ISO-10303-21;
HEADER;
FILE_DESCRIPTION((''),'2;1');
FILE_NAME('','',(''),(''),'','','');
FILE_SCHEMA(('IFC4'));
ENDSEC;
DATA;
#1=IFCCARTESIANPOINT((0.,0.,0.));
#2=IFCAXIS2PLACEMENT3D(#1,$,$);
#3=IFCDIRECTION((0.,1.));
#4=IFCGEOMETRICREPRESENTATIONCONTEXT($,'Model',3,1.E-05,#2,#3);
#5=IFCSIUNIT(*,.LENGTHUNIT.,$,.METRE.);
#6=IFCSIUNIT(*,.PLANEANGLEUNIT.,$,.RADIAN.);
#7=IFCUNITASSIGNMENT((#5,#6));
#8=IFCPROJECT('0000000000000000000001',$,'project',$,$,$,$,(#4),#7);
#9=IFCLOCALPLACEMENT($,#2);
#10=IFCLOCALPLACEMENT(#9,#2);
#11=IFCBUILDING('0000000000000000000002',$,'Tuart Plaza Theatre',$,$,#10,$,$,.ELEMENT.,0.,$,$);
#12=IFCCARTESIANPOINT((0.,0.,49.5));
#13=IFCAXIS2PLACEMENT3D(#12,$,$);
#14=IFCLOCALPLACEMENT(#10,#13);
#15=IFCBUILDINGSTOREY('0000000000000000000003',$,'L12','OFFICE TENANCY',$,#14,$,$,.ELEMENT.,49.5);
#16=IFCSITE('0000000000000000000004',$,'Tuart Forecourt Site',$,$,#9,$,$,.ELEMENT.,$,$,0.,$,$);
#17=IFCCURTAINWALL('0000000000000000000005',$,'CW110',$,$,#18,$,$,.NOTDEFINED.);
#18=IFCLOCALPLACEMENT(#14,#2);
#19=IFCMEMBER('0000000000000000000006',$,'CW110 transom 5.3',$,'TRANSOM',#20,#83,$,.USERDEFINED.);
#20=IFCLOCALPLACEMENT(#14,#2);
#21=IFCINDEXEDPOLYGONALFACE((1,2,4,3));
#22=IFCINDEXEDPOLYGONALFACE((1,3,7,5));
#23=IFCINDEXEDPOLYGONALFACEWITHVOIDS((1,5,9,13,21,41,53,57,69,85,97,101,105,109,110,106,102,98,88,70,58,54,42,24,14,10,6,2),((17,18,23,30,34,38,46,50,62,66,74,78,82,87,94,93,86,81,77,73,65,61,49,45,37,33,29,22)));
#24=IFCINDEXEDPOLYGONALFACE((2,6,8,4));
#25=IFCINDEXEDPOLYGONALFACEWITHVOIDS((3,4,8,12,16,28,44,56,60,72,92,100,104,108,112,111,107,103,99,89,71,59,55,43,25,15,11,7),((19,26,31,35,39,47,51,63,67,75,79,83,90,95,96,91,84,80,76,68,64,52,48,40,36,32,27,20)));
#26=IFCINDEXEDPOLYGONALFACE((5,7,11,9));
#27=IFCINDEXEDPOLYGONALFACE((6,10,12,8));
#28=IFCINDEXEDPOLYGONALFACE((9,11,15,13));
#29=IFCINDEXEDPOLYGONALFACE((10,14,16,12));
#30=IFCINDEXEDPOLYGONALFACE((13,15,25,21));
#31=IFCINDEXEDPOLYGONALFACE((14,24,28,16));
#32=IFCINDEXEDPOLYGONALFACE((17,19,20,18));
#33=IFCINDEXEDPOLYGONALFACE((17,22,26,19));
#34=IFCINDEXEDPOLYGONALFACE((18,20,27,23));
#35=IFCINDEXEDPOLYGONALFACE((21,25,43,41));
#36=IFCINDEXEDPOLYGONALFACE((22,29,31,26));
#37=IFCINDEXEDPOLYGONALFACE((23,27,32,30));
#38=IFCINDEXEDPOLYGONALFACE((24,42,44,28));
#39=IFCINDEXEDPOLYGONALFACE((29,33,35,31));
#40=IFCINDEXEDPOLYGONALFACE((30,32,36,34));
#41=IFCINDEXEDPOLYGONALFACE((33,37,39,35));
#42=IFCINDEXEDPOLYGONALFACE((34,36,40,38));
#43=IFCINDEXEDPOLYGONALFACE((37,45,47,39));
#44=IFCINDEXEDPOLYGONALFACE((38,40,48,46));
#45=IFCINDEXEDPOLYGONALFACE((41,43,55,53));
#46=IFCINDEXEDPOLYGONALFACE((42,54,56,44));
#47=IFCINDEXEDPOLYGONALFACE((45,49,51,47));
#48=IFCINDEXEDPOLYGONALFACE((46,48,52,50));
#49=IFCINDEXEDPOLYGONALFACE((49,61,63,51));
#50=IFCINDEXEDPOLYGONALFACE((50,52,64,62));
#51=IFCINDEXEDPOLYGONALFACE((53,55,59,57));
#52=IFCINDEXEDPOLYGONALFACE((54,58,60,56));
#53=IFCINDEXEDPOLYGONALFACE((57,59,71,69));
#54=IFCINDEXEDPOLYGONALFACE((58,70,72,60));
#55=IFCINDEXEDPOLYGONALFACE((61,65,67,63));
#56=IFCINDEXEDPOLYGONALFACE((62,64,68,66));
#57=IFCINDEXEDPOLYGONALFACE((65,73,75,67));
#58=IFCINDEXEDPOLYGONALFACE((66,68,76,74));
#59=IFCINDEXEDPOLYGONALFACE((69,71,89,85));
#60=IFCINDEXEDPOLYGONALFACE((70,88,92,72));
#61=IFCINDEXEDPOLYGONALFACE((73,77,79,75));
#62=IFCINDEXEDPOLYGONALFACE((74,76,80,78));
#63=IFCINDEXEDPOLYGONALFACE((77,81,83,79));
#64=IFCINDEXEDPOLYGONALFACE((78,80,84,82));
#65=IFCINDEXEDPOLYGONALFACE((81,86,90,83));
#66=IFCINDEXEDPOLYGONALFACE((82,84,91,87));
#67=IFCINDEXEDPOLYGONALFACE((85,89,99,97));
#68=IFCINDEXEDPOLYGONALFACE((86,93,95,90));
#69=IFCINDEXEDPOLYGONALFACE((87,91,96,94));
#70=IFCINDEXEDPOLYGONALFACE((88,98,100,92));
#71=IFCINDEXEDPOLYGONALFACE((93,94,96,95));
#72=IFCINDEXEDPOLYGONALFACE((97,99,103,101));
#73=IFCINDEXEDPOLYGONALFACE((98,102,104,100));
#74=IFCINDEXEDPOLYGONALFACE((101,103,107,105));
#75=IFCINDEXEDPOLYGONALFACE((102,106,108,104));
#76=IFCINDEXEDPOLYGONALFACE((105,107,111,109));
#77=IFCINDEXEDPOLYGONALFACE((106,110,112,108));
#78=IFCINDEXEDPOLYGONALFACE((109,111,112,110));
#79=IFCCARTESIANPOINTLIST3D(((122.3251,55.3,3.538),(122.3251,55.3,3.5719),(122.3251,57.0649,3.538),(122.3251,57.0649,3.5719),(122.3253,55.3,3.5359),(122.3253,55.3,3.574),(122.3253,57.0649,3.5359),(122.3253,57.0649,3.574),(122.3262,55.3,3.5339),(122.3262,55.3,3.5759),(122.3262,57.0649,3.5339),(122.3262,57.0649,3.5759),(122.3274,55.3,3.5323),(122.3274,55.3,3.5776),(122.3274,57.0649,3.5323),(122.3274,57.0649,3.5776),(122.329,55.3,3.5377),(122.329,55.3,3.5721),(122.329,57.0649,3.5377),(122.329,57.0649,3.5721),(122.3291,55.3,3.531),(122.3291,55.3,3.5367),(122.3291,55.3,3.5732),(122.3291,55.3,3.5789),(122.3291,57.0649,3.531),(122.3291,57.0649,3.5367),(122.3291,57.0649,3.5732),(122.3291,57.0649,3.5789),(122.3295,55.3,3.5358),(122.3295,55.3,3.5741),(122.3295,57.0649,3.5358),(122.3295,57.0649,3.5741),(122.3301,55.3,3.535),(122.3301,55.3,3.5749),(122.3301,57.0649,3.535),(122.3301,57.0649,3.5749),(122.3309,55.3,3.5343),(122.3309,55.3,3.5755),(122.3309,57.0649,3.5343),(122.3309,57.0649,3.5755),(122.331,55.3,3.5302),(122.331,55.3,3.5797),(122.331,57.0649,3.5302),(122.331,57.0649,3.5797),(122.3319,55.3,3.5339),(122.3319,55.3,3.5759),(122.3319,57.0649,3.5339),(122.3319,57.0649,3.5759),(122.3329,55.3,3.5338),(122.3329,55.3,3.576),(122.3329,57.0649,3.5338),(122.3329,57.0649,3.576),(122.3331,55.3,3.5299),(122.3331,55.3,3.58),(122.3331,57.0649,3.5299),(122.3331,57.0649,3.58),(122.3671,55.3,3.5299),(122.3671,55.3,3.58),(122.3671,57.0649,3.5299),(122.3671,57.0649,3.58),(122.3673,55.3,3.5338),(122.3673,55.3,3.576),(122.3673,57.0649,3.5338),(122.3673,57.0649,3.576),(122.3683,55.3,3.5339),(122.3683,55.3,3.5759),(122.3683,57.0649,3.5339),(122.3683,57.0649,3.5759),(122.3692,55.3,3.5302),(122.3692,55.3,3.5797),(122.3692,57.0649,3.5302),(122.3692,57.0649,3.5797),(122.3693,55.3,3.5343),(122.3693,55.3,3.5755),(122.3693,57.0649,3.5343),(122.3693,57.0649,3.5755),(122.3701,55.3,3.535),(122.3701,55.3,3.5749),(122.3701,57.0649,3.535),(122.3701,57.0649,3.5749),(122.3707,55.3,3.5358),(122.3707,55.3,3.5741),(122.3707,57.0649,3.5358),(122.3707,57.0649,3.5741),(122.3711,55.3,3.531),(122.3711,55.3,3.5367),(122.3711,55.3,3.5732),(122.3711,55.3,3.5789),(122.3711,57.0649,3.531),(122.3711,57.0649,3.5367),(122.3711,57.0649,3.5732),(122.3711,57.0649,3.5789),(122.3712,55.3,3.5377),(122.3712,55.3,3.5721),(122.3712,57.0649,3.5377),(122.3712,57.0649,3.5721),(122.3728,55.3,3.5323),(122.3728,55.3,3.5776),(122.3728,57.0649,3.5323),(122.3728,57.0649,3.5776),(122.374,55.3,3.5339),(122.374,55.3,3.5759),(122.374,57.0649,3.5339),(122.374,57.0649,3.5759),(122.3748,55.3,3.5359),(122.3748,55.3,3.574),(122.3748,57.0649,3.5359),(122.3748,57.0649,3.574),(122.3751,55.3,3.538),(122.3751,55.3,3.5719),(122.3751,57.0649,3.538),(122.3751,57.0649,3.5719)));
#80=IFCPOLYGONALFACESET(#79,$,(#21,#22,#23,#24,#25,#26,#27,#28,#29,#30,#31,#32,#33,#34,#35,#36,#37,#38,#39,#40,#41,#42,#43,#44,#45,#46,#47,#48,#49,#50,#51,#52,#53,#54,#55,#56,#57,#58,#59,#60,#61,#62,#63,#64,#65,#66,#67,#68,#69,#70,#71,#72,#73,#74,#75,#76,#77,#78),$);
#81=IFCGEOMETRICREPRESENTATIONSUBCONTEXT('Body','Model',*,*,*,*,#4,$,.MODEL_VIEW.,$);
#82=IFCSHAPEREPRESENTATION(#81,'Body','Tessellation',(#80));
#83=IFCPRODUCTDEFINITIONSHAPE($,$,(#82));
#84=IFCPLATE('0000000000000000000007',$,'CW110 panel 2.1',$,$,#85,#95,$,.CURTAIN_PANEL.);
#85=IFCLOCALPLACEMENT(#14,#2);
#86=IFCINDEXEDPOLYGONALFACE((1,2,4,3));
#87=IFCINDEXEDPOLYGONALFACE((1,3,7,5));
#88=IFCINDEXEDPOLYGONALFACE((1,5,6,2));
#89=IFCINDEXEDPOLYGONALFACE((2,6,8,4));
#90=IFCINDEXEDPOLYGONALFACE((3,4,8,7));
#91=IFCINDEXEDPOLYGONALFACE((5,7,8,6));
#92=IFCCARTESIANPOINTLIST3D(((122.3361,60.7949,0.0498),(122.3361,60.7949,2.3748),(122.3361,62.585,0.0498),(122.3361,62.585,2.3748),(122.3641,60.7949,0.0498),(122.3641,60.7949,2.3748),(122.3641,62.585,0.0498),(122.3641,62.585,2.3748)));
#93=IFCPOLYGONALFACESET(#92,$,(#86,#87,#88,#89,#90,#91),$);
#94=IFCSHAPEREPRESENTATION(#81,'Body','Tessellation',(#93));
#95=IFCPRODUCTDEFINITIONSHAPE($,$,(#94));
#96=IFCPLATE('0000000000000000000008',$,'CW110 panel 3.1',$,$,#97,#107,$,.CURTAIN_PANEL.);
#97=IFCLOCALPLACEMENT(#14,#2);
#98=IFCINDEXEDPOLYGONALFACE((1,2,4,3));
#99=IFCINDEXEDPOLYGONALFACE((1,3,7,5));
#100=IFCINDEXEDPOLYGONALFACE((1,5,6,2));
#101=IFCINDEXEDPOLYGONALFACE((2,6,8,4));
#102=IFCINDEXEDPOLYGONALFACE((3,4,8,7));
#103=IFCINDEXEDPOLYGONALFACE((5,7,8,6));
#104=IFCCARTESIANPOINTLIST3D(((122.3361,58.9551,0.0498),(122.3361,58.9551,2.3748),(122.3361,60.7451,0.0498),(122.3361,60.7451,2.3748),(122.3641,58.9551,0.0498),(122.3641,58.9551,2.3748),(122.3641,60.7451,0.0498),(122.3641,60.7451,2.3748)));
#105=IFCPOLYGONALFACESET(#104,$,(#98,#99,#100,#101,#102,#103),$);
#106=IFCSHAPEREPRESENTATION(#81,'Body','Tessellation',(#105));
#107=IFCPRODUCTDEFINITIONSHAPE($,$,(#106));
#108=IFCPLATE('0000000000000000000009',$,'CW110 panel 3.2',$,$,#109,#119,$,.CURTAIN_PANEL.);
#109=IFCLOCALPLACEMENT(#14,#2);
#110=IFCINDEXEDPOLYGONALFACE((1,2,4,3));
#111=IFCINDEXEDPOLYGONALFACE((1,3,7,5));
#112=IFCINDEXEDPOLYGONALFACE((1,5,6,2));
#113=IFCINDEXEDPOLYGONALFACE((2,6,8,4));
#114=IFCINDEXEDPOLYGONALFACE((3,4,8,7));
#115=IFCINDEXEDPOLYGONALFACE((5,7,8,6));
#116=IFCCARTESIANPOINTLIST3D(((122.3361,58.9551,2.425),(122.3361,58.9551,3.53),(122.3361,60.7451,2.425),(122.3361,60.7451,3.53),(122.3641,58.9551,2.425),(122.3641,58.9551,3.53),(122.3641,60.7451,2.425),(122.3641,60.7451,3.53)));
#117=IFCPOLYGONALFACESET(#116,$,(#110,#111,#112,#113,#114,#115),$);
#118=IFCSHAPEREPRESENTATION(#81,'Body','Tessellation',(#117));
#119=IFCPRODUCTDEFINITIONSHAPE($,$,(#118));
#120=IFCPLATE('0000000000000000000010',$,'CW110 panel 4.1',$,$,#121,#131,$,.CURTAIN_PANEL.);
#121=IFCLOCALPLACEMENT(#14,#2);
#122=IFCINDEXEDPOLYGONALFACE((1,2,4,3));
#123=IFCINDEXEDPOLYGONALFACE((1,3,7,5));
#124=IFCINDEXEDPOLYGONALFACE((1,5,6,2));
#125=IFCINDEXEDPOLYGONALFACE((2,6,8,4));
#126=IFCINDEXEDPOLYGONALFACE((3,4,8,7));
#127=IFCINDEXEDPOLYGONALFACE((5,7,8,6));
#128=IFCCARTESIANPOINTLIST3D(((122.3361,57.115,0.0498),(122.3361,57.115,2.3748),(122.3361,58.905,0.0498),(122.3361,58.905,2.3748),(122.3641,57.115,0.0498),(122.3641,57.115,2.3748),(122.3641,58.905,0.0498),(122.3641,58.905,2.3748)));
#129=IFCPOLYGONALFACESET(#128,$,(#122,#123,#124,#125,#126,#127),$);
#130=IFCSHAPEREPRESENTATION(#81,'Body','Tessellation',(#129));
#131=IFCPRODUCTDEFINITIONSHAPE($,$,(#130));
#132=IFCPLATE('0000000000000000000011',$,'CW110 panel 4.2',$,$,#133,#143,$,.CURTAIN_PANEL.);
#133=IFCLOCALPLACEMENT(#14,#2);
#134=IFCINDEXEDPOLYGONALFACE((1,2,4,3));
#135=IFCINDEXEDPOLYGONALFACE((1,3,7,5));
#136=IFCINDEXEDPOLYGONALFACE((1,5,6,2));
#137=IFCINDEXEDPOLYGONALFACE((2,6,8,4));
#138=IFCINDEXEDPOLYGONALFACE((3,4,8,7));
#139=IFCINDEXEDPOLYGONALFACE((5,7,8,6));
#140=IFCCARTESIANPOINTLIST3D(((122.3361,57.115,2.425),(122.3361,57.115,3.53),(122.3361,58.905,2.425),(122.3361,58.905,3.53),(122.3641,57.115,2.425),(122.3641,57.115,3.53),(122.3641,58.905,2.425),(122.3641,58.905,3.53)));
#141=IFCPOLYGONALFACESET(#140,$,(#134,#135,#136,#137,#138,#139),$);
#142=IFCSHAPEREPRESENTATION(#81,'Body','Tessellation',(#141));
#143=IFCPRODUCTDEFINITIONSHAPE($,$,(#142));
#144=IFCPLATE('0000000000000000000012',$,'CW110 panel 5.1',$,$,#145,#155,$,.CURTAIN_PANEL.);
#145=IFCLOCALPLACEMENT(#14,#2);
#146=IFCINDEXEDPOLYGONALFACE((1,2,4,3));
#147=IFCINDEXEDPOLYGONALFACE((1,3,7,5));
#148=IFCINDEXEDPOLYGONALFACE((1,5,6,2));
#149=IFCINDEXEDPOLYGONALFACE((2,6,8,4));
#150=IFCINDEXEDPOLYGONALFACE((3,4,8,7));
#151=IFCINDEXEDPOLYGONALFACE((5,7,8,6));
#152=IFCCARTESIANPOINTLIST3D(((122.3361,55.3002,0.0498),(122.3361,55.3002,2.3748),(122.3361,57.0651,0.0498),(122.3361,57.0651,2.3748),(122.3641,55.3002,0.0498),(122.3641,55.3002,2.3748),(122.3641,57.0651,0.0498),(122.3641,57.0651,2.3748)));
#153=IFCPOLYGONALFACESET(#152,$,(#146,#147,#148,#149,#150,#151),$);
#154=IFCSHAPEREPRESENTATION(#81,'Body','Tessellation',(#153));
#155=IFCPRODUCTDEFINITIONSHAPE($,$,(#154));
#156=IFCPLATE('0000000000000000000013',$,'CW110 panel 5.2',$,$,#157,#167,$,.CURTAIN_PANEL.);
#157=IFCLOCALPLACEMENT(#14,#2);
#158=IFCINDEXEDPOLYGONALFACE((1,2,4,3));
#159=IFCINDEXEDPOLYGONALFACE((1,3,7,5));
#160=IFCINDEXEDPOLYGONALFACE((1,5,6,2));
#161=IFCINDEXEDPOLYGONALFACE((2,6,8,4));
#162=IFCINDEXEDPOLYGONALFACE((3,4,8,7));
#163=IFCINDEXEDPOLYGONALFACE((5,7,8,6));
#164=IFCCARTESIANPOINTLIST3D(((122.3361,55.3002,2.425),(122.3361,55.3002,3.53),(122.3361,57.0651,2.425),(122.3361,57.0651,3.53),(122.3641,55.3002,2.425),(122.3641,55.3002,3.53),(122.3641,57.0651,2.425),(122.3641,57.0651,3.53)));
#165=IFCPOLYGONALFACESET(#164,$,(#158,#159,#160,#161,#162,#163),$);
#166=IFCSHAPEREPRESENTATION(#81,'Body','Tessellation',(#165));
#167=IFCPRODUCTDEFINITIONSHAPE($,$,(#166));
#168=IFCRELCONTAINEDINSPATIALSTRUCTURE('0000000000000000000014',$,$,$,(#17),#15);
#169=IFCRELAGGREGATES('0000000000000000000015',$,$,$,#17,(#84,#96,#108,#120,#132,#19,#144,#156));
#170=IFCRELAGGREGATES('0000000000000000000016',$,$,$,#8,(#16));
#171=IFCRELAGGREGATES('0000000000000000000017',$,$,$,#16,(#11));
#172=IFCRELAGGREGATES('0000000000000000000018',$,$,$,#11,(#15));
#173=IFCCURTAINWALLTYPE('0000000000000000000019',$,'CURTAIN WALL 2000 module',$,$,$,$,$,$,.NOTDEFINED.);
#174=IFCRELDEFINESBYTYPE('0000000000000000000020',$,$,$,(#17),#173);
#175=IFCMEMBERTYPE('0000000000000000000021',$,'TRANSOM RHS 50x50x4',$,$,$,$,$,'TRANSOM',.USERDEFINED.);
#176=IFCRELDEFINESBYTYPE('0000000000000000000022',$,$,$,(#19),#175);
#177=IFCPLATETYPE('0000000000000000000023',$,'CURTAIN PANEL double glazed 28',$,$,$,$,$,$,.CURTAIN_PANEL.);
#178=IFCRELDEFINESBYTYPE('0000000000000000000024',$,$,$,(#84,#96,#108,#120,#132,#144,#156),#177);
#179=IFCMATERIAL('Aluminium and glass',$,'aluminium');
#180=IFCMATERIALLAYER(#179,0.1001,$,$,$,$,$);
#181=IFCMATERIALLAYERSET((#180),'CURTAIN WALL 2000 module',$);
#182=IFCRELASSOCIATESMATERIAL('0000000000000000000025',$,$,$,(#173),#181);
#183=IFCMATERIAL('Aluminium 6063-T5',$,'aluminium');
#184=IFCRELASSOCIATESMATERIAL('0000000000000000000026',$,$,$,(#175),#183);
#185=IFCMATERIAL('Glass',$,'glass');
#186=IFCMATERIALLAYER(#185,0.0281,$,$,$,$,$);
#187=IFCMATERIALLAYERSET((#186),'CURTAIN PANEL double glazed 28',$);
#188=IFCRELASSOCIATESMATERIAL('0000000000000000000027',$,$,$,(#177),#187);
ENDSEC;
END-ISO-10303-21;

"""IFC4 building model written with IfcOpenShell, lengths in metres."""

from ifc_helpers import new_model, si_unit, direction, frame, origin, origin_2d, place, context, subcontext, project, spatial, rectangle, hollow_rectangle, extrude, material, layer, layer_set, material_profile, profile_set, type_object, element, aggregate, save


model = new_model("IFC4")

# Units and contexts
model_context = context("Model", 3, precision=1e-05, world=origin(), true_north=direction((0.0, 1.0)))
body_context = subcontext(model_context, "Body", "Model", "MODEL_VIEW")
ifc_project = project(units=[si_unit("LENGTHUNIT", "METRE"), si_unit("PLANEANGLEUNIT", "RADIAN")], contexts=[model_context])

# Site, building, storey
site_placement = place(None, origin())
site = spatial("IfcSite", under=ifc_project, at=site_placement, Name="Tuart Forecourt Site", CompositionType="ELEMENT", RefElevation=0.0)
building_placement = place(site_placement, origin())
building = spatial("IfcBuilding", under=site, at=building_placement, Name="Tuart Plaza Theatre", CompositionType="ELEMENT", ElevationOfRefHeight=0.0)
storey_placement = place(building_placement, frame((0.0, 0.0, 49.5)))
storey = spatial("IfcBuildingStorey", under=building, at=storey_placement, Name="L12", Description="OFFICE TENANCY", CompositionType="ELEMENT", Elevation=49.5)

# Curtain wall, member, plates
ifc_material_1 = material(Name="Aluminium and glass", Category="aluminium")
ifc_layer_1 = layer(ifc_material_1, 0.1001)
ifc_layer_set_1 = layer_set([ifc_layer_1], Name="CURTAIN WALL 2000 module")
curtain_wall_type = type_object("IfcCurtainWallType", Name="CURTAIN WALL 2000 module", PredefinedType="NOTDEFINED", material=ifc_layer_set_1)
curtain_wall_placement = place(storey_placement, origin())
curtain_wall = element("IfcCurtainWall", 1, at=curtain_wall_placement, inside=storey, type_object=curtain_wall_type, Name="CW110", PredefinedType="NOTDEFINED")
ifc_material_2 = material(Name="Aluminium 6063-T5", Category="aluminium")
ifc_material_profile_1 = material_profile(ifc_material_2, hollow_rectangle(XDim=0.05, YDim=0.05, WallThickness=0.0039, InnerFilletRadius=0.0039, OuterFilletRadius=0.0081, at=origin_2d()), Name="RHS 50x50x4")
ifc_profile_set_1 = profile_set([ifc_material_profile_1], Name="Aluminium 6063-T5")
member_type_1 = type_object("IfcMemberType", Name="TRANSOM RHS 50x50x4", ElementType="TRANSOM", PredefinedType="USERDEFINED", material=ifc_profile_set_1)
member_1_placement = place(storey_placement, frame((122.3501, 57.0649, 3.5549), z_axis=(0.0, -1.0, 0.0), x_axis=(1.0, 0.0, 0.0)))
member_1 = element("IfcMember", 2, at=member_1_placement, type_object=member_type_1, Name="CW110 transom 5.3", ObjectType="TRANSOM", PredefinedType="USERDEFINED", context=body_context, shape_type="SweptSolid", body=[
    extrude(hollow_rectangle(XDim=0.05, YDim=0.05, WallThickness=0.0039, InnerFilletRadius=0.0039, OuterFilletRadius=0.0081, at=origin_2d()), origin(), (0.0, 0.0, 1.0), 1.7649),
])
ifc_material_3 = material(Name="Glass", Category="glass")
ifc_layer_2 = layer(ifc_material_3, 0.0281)
ifc_layer_set_2 = layer_set([ifc_layer_2], Name="CURTAIN PANEL double glazed 28")
plate_type = type_object("IfcPlateType", Name="CURTAIN PANEL double glazed 28", PredefinedType="CURTAIN_PANEL", material=ifc_layer_set_2)
plate_1_placement = place(storey_placement, frame((122.3501, 61.6899, 0.0498), z_axis=(0.0, 0.0, 1.0), x_axis=(0.0, -1.0, 0.0)))
plate_1 = element("IfcPlate", 3, at=plate_1_placement, type_object=plate_type, Name="CW110 panel 2.1", PredefinedType="CURTAIN_PANEL", context=body_context, shape_type="SweptSolid", body=[
    extrude(rectangle(XDim=1.79, YDim=0.0281, at=origin_2d()), origin(), (0.0, 0.0, 1.0), 2.325),
])
plate_2_placement = place(storey_placement, frame((122.3501, 59.8501, 0.0498), z_axis=(0.0, 0.0, 1.0), x_axis=(0.0, -1.0, 0.0)))
plate_2 = element("IfcPlate", 4, at=plate_2_placement, type_object=plate_type, Name="CW110 panel 3.1", PredefinedType="CURTAIN_PANEL", context=body_context, shape_type="SweptSolid", body=[
    extrude(rectangle(XDim=1.79, YDim=0.0281, at=origin_2d()), origin(), (0.0, 0.0, 1.0), 2.325),
])
plate_3_placement = place(storey_placement, frame((122.3501, 59.8501, 2.425), z_axis=(0.0, 0.0, 1.0), x_axis=(0.0, -1.0, 0.0)))
plate_3 = element("IfcPlate", 5, at=plate_3_placement, type_object=plate_type, Name="CW110 panel 3.2", PredefinedType="CURTAIN_PANEL", context=body_context, shape_type="SweptSolid", body=[
    extrude(rectangle(XDim=1.79, YDim=0.0281, at=origin_2d()), origin(), (0.0, 0.0, 1.0), 1.105),
])
plate_4_placement = place(storey_placement, frame((122.3501, 58.01, 0.0498), z_axis=(0.0, 0.0, 1.0), x_axis=(0.0, -1.0, 0.0)))
plate_4 = element("IfcPlate", 6, at=plate_4_placement, type_object=plate_type, Name="CW110 panel 4.1", PredefinedType="CURTAIN_PANEL", context=body_context, shape_type="SweptSolid", body=[
    extrude(rectangle(XDim=1.79, YDim=0.0281, at=origin_2d()), origin(), (0.0, 0.0, 1.0), 2.325),
])
plate_5_placement = place(storey_placement, frame((122.3501, 58.01, 2.425), z_axis=(0.0, 0.0, 1.0), x_axis=(0.0, -1.0, 0.0)))
plate_5 = element("IfcPlate", 7, at=plate_5_placement, type_object=plate_type, Name="CW110 panel 4.2", PredefinedType="CURTAIN_PANEL", context=body_context, shape_type="SweptSolid", body=[
    extrude(rectangle(XDim=1.79, YDim=0.0281, at=origin_2d()), origin(), (0.0, 0.0, 1.0), 1.105),
])
plate_6_placement = place(storey_placement, frame((122.3501, 56.1826, 0.0498), z_axis=(0.0, 0.0, 1.0), x_axis=(0.0, -1.0, 0.0)))
plate_6 = element("IfcPlate", 8, at=plate_6_placement, type_object=plate_type, Name="CW110 panel 5.1", PredefinedType="CURTAIN_PANEL", context=body_context, shape_type="SweptSolid", body=[
    extrude(rectangle(XDim=1.7649, YDim=0.0281, at=origin_2d()), origin(), (0.0, 0.0, 1.0), 2.325),
])
plate_7_placement = place(storey_placement, frame((122.3501, 56.1826, 2.425), z_axis=(0.0, 0.0, 1.0), x_axis=(0.0, -1.0, 0.0)))
plate_7 = element("IfcPlate", 9, at=plate_7_placement, type_object=plate_type, Name="CW110 panel 5.2", PredefinedType="CURTAIN_PANEL", context=body_context, shape_type="SweptSolid", body=[
    extrude(rectangle(XDim=1.7649, YDim=0.0281, at=origin_2d()), origin(), (0.0, 0.0, 1.0), 1.105),
])
aggregate(curtain_wall, [plate_1, plate_2, plate_3, plate_4, plate_5, member_1, plate_6, plate_7])

save(model, "model.ifc")
